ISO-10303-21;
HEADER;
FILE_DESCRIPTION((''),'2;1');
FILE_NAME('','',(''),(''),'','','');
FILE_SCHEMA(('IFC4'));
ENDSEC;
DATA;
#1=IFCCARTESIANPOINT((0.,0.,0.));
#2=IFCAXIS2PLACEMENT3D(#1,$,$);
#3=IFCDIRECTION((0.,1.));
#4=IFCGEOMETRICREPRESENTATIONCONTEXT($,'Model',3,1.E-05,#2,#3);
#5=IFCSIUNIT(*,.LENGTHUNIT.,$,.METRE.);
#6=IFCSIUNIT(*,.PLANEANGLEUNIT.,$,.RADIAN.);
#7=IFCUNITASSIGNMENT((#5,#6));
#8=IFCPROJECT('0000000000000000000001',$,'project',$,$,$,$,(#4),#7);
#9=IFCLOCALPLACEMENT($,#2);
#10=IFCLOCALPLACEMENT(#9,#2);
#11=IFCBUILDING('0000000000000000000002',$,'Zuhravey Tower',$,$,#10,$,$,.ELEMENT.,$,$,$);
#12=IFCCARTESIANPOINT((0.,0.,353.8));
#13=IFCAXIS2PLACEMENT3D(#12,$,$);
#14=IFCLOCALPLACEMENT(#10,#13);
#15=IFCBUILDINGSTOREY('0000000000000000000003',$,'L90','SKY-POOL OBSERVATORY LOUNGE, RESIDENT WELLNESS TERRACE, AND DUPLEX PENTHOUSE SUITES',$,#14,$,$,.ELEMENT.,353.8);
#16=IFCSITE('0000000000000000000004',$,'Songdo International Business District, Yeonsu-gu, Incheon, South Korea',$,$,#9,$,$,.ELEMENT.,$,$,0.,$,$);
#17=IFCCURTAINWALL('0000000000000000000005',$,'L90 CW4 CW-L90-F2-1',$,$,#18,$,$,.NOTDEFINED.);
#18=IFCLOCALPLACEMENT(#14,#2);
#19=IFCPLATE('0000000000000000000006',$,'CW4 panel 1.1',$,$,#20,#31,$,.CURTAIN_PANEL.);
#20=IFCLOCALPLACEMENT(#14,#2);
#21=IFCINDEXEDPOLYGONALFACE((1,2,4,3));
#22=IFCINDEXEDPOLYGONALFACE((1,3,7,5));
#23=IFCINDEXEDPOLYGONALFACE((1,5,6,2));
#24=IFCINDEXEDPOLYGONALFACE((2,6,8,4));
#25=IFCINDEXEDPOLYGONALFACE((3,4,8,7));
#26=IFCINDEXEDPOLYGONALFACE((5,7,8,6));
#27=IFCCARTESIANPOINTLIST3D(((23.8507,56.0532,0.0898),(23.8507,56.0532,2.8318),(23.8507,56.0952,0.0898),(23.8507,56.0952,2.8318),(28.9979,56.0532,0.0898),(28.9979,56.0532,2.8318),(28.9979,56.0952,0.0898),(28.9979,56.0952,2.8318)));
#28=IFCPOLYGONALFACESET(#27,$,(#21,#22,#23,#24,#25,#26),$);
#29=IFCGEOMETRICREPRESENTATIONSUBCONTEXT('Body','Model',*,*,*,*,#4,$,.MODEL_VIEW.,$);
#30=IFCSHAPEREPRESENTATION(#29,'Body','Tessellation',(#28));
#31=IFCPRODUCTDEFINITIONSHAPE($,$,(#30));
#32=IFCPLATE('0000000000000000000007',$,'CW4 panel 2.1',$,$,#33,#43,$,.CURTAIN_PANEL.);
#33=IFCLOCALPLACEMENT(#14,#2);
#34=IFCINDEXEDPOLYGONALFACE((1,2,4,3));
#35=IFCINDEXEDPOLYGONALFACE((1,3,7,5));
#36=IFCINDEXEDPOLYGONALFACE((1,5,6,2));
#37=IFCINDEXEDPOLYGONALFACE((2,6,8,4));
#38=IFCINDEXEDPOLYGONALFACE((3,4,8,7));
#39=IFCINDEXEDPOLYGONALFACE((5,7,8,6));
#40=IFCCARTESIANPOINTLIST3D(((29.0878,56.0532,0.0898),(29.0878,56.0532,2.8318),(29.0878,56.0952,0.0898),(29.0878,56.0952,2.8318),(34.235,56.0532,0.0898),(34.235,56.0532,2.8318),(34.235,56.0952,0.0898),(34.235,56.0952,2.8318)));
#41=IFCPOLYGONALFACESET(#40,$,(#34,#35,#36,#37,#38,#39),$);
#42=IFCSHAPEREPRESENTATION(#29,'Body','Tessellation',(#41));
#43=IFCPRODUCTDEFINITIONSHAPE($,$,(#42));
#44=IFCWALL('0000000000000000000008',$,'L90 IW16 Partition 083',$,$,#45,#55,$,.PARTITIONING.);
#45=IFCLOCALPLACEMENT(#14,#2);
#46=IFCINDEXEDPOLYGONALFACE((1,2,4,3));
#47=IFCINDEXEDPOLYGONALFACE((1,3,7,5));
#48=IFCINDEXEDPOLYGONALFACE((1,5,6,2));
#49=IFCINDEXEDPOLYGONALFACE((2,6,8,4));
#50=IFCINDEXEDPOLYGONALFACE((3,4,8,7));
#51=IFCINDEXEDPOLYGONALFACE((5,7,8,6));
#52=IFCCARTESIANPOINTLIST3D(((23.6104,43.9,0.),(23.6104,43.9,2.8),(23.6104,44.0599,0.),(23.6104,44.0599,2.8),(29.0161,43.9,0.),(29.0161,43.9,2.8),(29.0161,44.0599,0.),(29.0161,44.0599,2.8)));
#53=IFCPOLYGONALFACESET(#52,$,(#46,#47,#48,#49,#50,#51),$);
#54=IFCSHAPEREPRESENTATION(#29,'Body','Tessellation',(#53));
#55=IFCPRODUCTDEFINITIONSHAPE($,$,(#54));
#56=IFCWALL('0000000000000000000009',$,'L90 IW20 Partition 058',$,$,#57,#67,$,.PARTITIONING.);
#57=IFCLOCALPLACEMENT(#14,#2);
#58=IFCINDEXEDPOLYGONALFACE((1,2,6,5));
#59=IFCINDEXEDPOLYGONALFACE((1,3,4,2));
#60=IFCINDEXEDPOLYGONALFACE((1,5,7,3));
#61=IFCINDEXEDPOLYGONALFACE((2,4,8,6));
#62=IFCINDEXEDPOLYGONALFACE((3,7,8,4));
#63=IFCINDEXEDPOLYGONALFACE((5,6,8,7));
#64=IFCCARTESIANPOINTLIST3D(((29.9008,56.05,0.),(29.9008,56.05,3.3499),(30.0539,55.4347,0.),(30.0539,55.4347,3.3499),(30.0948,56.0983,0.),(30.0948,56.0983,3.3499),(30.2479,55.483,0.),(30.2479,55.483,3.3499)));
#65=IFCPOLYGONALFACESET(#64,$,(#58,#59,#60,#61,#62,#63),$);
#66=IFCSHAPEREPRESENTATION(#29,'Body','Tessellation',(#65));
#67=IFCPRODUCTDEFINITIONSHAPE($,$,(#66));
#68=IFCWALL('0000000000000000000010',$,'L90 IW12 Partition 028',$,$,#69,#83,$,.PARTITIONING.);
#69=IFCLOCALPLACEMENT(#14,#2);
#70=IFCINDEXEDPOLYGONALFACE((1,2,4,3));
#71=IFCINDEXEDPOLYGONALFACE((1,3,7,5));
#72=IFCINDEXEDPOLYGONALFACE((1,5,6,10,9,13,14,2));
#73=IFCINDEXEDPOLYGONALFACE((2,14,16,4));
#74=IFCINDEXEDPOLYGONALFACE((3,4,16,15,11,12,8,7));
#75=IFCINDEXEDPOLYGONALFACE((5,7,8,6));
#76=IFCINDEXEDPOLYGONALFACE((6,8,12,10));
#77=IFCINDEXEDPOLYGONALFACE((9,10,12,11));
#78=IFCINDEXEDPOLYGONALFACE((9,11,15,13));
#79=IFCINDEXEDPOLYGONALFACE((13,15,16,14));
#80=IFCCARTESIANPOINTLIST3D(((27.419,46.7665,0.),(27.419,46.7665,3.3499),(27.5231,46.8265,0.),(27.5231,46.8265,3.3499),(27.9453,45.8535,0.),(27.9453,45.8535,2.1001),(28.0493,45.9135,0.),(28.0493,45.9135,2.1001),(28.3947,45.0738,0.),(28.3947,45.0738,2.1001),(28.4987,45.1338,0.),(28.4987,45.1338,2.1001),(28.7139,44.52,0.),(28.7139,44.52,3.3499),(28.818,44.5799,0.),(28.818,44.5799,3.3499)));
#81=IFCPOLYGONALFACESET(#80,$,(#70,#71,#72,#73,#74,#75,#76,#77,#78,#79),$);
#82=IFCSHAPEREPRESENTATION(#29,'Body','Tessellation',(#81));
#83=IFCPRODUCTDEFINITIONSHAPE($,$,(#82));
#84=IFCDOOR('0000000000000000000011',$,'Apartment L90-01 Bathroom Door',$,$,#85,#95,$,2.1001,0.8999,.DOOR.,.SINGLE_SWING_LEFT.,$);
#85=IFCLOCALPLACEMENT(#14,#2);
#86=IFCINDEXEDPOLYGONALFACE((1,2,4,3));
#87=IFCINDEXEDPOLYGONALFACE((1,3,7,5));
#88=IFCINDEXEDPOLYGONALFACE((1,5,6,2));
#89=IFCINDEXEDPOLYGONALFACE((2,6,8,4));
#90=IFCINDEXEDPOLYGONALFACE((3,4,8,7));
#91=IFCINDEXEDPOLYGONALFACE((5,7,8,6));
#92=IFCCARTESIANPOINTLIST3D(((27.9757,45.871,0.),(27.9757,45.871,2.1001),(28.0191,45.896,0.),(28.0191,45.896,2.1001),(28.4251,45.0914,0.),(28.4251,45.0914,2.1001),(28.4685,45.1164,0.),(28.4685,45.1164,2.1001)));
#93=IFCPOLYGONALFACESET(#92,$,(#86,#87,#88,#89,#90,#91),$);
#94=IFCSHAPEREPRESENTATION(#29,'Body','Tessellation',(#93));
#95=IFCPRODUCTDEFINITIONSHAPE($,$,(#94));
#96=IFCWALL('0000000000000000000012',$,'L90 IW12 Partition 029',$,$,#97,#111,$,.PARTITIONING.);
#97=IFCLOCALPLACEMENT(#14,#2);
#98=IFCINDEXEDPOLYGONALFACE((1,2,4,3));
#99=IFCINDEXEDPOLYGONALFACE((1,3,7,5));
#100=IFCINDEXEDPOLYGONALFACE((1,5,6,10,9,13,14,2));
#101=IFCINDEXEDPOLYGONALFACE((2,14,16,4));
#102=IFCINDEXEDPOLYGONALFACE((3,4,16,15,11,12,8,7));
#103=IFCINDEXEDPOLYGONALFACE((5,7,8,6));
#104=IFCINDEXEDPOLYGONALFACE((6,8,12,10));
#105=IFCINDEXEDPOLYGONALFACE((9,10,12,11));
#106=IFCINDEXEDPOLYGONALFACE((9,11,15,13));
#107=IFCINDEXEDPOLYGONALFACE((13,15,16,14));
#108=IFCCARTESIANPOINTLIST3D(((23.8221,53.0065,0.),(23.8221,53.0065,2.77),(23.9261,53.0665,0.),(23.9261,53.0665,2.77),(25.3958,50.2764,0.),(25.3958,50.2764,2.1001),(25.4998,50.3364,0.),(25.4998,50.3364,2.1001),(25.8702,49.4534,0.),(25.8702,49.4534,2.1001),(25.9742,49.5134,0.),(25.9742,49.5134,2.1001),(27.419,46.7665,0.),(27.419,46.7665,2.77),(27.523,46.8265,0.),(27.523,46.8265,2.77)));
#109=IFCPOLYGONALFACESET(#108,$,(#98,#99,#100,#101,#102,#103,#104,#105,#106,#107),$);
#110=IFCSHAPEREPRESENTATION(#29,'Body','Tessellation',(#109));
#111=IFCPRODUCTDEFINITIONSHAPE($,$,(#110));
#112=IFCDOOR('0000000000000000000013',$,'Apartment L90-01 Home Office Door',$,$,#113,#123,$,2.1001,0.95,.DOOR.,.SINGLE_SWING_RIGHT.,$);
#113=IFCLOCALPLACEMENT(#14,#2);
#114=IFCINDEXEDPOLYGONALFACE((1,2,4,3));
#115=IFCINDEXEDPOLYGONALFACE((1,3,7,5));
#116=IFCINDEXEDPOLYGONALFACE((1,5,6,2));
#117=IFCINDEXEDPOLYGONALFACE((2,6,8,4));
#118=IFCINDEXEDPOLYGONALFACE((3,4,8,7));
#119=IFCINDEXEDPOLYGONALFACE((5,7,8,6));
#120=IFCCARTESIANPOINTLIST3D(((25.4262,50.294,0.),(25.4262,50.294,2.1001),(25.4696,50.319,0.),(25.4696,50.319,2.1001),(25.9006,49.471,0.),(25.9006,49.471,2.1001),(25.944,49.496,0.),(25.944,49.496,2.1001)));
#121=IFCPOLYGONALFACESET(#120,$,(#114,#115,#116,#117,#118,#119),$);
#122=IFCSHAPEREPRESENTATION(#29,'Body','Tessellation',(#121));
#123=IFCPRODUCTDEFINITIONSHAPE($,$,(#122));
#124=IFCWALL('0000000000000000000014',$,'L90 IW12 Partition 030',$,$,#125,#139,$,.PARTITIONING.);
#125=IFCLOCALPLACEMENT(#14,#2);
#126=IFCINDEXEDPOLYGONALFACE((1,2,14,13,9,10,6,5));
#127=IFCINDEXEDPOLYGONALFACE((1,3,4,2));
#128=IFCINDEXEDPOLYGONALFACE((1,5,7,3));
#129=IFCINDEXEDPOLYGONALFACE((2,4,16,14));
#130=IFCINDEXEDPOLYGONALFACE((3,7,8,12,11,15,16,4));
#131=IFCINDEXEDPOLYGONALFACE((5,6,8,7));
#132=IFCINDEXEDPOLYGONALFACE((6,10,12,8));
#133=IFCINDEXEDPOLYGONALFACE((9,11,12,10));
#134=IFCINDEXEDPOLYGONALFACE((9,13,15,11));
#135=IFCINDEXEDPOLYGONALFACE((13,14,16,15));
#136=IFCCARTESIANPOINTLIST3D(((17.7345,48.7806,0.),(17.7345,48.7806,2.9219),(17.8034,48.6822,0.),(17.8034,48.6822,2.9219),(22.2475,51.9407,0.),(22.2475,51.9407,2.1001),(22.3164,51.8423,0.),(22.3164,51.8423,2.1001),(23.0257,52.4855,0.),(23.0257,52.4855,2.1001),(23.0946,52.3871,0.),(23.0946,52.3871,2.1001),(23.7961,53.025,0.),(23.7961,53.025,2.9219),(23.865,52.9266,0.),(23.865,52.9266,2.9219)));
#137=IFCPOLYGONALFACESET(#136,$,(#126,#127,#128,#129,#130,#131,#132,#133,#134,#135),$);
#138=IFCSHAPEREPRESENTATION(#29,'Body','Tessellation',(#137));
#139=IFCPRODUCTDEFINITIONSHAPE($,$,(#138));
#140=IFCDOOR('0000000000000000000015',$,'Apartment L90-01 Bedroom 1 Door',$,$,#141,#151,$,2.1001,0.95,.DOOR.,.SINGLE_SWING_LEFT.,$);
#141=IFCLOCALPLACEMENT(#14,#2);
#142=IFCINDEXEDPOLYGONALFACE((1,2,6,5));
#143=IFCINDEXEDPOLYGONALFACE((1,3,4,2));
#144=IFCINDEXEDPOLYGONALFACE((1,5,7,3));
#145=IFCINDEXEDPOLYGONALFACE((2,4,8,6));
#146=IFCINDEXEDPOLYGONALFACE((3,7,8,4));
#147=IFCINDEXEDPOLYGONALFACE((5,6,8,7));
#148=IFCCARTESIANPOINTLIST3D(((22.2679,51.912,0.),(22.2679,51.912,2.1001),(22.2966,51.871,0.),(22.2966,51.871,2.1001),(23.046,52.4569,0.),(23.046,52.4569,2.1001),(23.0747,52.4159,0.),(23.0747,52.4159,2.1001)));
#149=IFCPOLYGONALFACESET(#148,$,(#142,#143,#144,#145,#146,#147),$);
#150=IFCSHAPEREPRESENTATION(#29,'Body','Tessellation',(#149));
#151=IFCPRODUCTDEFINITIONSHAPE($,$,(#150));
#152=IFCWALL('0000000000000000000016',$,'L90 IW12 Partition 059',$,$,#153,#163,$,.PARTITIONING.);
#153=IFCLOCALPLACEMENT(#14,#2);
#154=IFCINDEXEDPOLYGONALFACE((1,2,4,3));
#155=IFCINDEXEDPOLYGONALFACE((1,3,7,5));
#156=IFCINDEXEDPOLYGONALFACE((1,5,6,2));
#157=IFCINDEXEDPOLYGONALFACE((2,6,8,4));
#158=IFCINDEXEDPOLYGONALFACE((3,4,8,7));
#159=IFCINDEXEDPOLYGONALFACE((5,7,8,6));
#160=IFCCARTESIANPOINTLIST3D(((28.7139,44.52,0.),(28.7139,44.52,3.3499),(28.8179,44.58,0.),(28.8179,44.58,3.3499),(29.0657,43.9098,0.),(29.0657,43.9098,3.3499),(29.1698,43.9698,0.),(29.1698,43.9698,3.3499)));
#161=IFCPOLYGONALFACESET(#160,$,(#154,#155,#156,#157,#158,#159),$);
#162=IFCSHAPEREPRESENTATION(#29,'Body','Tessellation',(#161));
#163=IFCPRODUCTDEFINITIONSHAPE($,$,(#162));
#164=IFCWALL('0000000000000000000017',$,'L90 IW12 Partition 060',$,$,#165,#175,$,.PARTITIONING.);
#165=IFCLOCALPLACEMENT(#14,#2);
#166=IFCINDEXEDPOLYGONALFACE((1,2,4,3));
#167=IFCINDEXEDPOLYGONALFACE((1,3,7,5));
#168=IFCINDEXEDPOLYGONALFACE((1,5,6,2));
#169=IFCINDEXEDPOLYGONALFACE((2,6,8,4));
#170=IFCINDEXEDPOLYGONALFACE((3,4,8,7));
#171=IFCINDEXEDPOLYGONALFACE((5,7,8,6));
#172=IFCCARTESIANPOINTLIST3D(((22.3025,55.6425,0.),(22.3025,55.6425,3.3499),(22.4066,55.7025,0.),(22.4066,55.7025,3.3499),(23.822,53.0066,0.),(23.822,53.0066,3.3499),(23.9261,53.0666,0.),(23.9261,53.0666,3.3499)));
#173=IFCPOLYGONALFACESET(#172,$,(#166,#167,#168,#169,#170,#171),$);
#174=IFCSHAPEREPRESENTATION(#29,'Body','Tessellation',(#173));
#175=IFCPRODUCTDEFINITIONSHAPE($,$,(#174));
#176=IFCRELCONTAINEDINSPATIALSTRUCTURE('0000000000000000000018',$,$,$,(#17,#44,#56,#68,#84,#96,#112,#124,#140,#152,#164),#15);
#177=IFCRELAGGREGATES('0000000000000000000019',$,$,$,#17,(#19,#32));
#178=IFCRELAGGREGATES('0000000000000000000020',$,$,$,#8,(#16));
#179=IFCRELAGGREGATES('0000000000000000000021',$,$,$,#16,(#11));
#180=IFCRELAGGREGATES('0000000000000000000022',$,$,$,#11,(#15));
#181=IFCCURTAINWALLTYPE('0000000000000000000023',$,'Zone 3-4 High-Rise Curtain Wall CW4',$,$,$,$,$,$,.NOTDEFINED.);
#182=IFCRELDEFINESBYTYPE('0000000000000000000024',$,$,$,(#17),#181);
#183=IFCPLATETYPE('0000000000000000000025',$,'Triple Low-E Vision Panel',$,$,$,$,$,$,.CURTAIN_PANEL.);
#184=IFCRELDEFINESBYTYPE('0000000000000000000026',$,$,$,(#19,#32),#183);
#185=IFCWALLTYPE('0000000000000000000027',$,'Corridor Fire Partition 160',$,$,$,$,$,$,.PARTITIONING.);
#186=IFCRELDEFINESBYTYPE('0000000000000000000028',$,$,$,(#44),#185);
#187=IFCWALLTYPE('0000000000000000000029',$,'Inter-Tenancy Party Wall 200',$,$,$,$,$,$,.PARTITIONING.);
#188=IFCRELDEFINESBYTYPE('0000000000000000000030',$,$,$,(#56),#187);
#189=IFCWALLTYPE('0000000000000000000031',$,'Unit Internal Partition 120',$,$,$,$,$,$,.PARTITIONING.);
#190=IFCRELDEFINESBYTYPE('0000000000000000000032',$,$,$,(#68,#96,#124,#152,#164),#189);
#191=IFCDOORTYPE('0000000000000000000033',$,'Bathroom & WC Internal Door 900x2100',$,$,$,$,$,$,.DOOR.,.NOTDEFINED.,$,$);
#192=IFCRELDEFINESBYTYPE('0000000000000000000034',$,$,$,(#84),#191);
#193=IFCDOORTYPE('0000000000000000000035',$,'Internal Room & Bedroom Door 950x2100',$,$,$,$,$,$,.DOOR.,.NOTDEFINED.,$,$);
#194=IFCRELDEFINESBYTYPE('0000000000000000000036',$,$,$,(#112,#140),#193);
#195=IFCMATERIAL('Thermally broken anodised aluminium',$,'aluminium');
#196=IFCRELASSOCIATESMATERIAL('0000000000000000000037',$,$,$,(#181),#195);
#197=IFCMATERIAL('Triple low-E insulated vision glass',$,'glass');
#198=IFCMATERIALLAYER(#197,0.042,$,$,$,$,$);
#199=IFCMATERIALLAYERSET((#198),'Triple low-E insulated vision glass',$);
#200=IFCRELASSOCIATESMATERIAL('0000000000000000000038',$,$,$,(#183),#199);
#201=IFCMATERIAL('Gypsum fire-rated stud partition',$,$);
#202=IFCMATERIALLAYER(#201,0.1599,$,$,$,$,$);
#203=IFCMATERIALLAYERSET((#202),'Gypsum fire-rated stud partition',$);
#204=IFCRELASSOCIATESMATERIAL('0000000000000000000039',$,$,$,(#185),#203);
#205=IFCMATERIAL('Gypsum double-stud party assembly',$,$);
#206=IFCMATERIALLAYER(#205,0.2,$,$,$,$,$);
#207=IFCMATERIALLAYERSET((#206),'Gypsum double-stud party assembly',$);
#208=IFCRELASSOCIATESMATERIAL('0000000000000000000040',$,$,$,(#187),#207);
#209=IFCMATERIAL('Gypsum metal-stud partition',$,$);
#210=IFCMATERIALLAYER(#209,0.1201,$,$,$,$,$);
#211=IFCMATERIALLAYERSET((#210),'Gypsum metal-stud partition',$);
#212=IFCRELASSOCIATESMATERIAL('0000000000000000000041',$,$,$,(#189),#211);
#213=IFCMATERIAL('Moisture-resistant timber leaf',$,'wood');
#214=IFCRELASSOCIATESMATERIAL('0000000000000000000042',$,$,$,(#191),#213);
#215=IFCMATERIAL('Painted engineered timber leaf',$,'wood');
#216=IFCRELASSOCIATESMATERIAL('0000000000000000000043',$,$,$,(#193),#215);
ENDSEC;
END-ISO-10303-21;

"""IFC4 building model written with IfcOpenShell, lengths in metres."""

from ifc_helpers import new_model, si_unit, direction, frame, frame_2d, origin, origin_2d, place, context, subcontext, project, spatial, rectangle, extrude, material, layer, layer_set, type_object, element, fill, aggregate, save


model = new_model("IFC4")

# Units and contexts
model_context = context("Model", 3, precision=1e-05, world=origin(), true_north=direction((0.0, 1.0)))
body_context = subcontext(model_context, "Body", "Model", "MODEL_VIEW")
ifc_project = project(units=[si_unit("LENGTHUNIT", "METRE"), si_unit("PLANEANGLEUNIT", "RADIAN")], contexts=[model_context])

# Site, building, storey
site_placement = place(None, origin())
site = spatial("IfcSite", under=ifc_project, at=site_placement, Name="Songdo International Business District, Yeonsu-gu, Incheon, South Korea", CompositionType="ELEMENT", RefElevation=0.0)
building_placement = place(site_placement, origin())
building = spatial("IfcBuilding", under=site, at=building_placement, Name="Zuhravey Tower", CompositionType="ELEMENT")
storey_placement = place(building_placement, frame((0.0, 0.0, 353.8)))
storey = spatial("IfcBuildingStorey", under=building, at=storey_placement, Name="L90", Description="SKY-POOL OBSERVATORY LOUNGE, RESIDENT WELLNESS TERRACE, AND DUPLEX PENTHOUSE SUITES", CompositionType="ELEMENT", Elevation=353.8)

# Curtain wall
ifc_material_1 = material(Name="Thermally broken anodised aluminium", Category="aluminium")
curtain_wall_type = type_object("IfcCurtainWallType", Name="Zone 3-4 High-Rise Curtain Wall CW4", PredefinedType="NOTDEFINED", material=ifc_material_1)
curtain_wall_placement = place(storey_placement, origin())
curtain_wall = element("IfcCurtainWall", 1, at=curtain_wall_placement, inside=storey, type_object=curtain_wall_type, Name="L90 CW4 CW-L90-F2-1", PredefinedType="NOTDEFINED")

# Plates
ifc_material_2 = material(Name="Triple low-E insulated vision glass", Category="glass")
ifc_layer_1 = layer(ifc_material_2, 0.042)
ifc_layer_set_1 = layer_set([ifc_layer_1], Name="Triple low-E insulated vision glass")
plate_type_1 = type_object("IfcPlateType", Name="Triple Low-E Vision Panel", PredefinedType="CURTAIN_PANEL", material=ifc_layer_set_1)
plate_1_placement = place(storey_placement, frame((26.4243, 56.0742, 0.0898), z_axis=(0.0, 0.0, 1.0), x_axis=(1.0, 0.0, 0.0)))
plate_1 = element("IfcPlate", 2, at=plate_1_placement, type_object=plate_type_1, Name="CW4 panel 1.1", PredefinedType="CURTAIN_PANEL", context=body_context, shape_type="SweptSolid", body=[
    extrude(rectangle(XDim=5.1472, YDim=0.042, at=origin_2d()), origin(), (0.0, 0.0, 1.0), 2.7419),
])
plate_2_placement = place(storey_placement, frame((31.6614, 56.0742, 0.0898), z_axis=(0.0, 0.0, 1.0), x_axis=(1.0, 0.0, 0.0)))
plate_2 = element("IfcPlate", 3, at=plate_2_placement, type_object=plate_type_1, Name="CW4 panel 2.1", PredefinedType="CURTAIN_PANEL", context=body_context, shape_type="SweptSolid", body=[
    extrude(rectangle(XDim=5.1472, YDim=0.042, at=origin_2d()), origin(), (0.0, 0.0, 1.0), 2.7419),
])
aggregate(curtain_wall, [plate_1, plate_2])

# Walls
ifc_material_3 = material(Name="Gypsum fire-rated stud partition")
ifc_layer_2 = layer(ifc_material_3, 0.1599)
ifc_layer_set_2 = layer_set([ifc_layer_2], Name="Gypsum fire-rated stud partition")
wall_type_1 = type_object("IfcWallType", Name="Corridor Fire Partition 160", PredefinedType="PARTITIONING", material=ifc_layer_set_2)
wall_1_placement = place(storey_placement, frame((29.0161, 43.98, 0.0), z_axis=(0.0, 0.0, 1.0), x_axis=(-1.0, 0.0, 0.0)))
element("IfcWall", 4, at=wall_1_placement, inside=storey, type_object=wall_type_1, Name="L90 IW16 Partition 083", PredefinedType="PARTITIONING", context=body_context, shape_type="SweptSolid", body=[
    extrude(rectangle(XDim=5.4058, YDim=0.1599, at=frame_2d((2.7029, 0.0))), origin(), (0.0, 0.0, 1.0), 2.8),
])
ifc_material_4 = material(Name="Gypsum double-stud party assembly")
ifc_layer_3 = layer(ifc_material_4, 0.2)
ifc_layer_set_3 = layer_set([ifc_layer_3], Name="Gypsum double-stud party assembly")
wall_type_2 = type_object("IfcWallType", Name="Inter-Tenancy Party Wall 200", PredefinedType="PARTITIONING", material=ifc_layer_set_3)
wall_2_placement = place(storey_placement, frame((30.1509, 55.459, 0.0), z_axis=(0.0, 0.0, 1.0), x_axis=(-0.241448, 0.970414, 0.0)))
element("IfcWall", 5, at=wall_2_placement, inside=storey, type_object=wall_type_2, Name="L90 IW20 Partition 058", PredefinedType="PARTITIONING", context=body_context, shape_type="SweptSolid", body=[
    extrude(rectangle(XDim=0.634, YDim=0.2, at=frame_2d((0.3169, 0.0))), origin(), (0.0, 0.0, 1.0), 3.3499),
])

# Walls, openings, doors
ifc_material_5 = material(Name="Gypsum metal-stud partition")
ifc_layer_4 = layer(ifc_material_5, 0.1201)
ifc_layer_set_4 = layer_set([ifc_layer_4], Name="Gypsum metal-stud partition")
wall_type_3 = type_object("IfcWallType", Name="Unit Internal Partition 120", PredefinedType="PARTITIONING", material=ifc_layer_set_4)
wall_3_placement = place(storey_placement, frame((28.7659, 44.55, 0.0), z_axis=(0.0, 0.0, 1.0), x_axis=(-0.49938, 0.866383, 0.0)))
wall_3 = element("IfcWall", 6, at=wall_3_placement, inside=storey, type_object=wall_type_3, Name="L90 IW12 Partition 028", PredefinedType="PARTITIONING", context=body_context, shape_type="SweptSolid", body=[
    extrude(rectangle(XDim=2.593, YDim=0.1201, at=frame_2d((1.2964, 0.0))), origin(), (0.0, 0.0, 1.0), 3.3499),
])
opening_1_placement = place(wall_3_placement, frame((0.6392, 0.0, 0.0)))
opening_1 = element("IfcOpeningElement", 7, at=opening_1_placement, cuts=wall_3, PredefinedType="OPENING", context=body_context, shape_type="SweptSolid", body=[
    extrude(rectangle(XDim=0.8999, YDim=2.1001, at=frame_2d((0.45, 1.05))), frame((0.0, 0.072, 0.0), z_axis=(0.0, -1.0, 0.0), x_axis=(1.0, 0.0, 0.0)), (0.0, 0.0, 1.0), 0.144),
])
ifc_material_6 = material(Name="Moisture-resistant timber leaf", Category="wood")
door_type_1 = type_object("IfcDoorType", Name="Bathroom & WC Internal Door 900x2100", OperationType="NOTDEFINED", PredefinedType="DOOR", material=ifc_material_6)
door_1_placement = place(opening_1_placement, origin())
door_1 = element("IfcDoor", 8, at=door_1_placement, inside=storey, type_object=door_type_1, Name="Apartment L90-01 Bathroom Door", OperationType="SINGLE_SWING_LEFT", OverallHeight=2.1001, OverallWidth=0.8999, PredefinedType="DOOR", context=body_context, shape_type="SweptSolid", body=[
    extrude(rectangle(XDim=0.8999, YDim=2.1001, at=frame_2d((0.45, 1.05))), frame((0.0, 0.0249, 0.0), z_axis=(0.0, -1.0, 0.0), x_axis=(1.0, 0.0, 0.0)), (0.0, 0.0, 1.0), 0.05),
])
fill(opening_1, door_1)
wall_4_placement = place(storey_placement, frame((27.4709, 46.7966, 0.0), z_axis=(0.0, 0.0, 1.0), x_axis=(-0.499403, 0.86637, 0.0)))
wall_4 = element("IfcWall", 9, at=wall_4_placement, inside=storey, type_object=wall_type_3, Name="L90 IW12 Partition 029", PredefinedType="PARTITIONING", context=body_context, shape_type="SweptSolid", body=[
    extrude(rectangle(XDim=7.2024, YDim=0.1201, at=frame_2d((3.6011, 0.0))), origin(), (0.0, 0.0, 1.0), 2.77),
])
opening_2_placement = place(wall_4_placement, frame((3.1011, 0.0, 0.0)))
opening_2 = element("IfcOpeningElement", 10, at=opening_2_placement, cuts=wall_4, PredefinedType="OPENING", context=body_context, shape_type="SweptSolid", body=[
    extrude(rectangle(XDim=0.95, YDim=2.1001, at=frame_2d((0.4751, 1.05))), frame((0.0, 0.072, 0.0), z_axis=(0.0, -1.0, 0.0), x_axis=(1.0, 0.0, 0.0)), (0.0, 0.0, 1.0), 0.144),
])
ifc_material_7 = material(Name="Painted engineered timber leaf", Category="wood")
door_type_2 = type_object("IfcDoorType", Name="Internal Room & Bedroom Door 950x2100", OperationType="NOTDEFINED", PredefinedType="DOOR", material=ifc_material_7)
door_2_placement = place(opening_2_placement, origin())
door_2 = element("IfcDoor", 11, at=door_2_placement, inside=storey, type_object=door_type_2, Name="Apartment L90-01 Home Office Door", OperationType="SINGLE_SWING_RIGHT", OverallHeight=2.1001, OverallWidth=0.95, PredefinedType="DOOR", context=body_context, shape_type="SweptSolid", body=[
    extrude(rectangle(XDim=0.95, YDim=2.1001, at=frame_2d((0.4751, 1.05))), frame((0.0, 0.0249, 0.0), z_axis=(0.0, -1.0, 0.0), x_axis=(1.0, 0.0, 0.0)), (0.0, 0.0, 1.0), 0.05),
])
fill(opening_2, door_2)
wall_5_placement = place(storey_placement, frame((23.8306, 52.9758, 0.0), z_axis=(0.0, 0.0, 1.0), x_axis=(-0.819148, -0.573582, 0.0)))
wall_5 = element("IfcWall", 12, at=wall_5_placement, inside=storey, type_object=wall_type_3, Name="L90 IW12 Partition 030", PredefinedType="PARTITIONING", context=body_context, shape_type="SweptSolid", body=[
    extrude(rectangle(XDim=7.3999, YDim=0.1201, at=frame_2d((3.7, 0.0))), origin(), (0.0, 0.0, 1.0), 2.9219),
])
opening_3_placement = place(wall_5_placement, frame((0.9404, 0.0, 0.0)))
opening_3 = element("IfcOpeningElement", 13, at=opening_3_placement, cuts=wall_5, PredefinedType="OPENING", context=body_context, shape_type="SweptSolid", body=[
    extrude(rectangle(XDim=0.95, YDim=2.1001, at=frame_2d((0.4751, 1.05))), frame((0.0, 0.072, 0.0), z_axis=(0.0, -1.0, 0.0), x_axis=(1.0, 0.0, 0.0)), (0.0, 0.0, 1.0), 0.144),
])
door_3_placement = place(opening_3_placement, frame((0.95, 0.0, 0.0), z_axis=(0.0, 0.0, 1.0), x_axis=(-1.0, 0.0, 0.0)))
door_3 = element("IfcDoor", 14, at=door_3_placement, inside=storey, type_object=door_type_2, Name="Apartment L90-01 Bedroom 1 Door", OperationType="SINGLE_SWING_LEFT", OverallHeight=2.1001, OverallWidth=0.95, PredefinedType="DOOR", context=body_context, shape_type="SweptSolid", body=[
    extrude(rectangle(XDim=0.95, YDim=2.1001, at=frame_2d((0.4751, 1.05))), frame((0.0, 0.0249, 0.0), z_axis=(0.0, -1.0, 0.0), x_axis=(1.0, 0.0, 0.0)), (0.0, 0.0, 1.0), 0.05),
])
fill(opening_3, door_3)

# Walls
wall_6_placement = place(storey_placement, frame((29.1177, 43.9399, 0.0), z_axis=(0.0, 0.0, 1.0), x_axis=(-0.499532, 0.866295, 0.0)))
element("IfcWall", 15, at=wall_6_placement, inside=storey, type_object=wall_type_3, Name="L90 IW12 Partition 059", PredefinedType="PARTITIONING", context=body_context, shape_type="SweptSolid", body=[
    extrude(rectangle(XDim=0.7043, YDim=0.1201, at=frame_2d((0.3521, 0.0))), origin(), (0.0, 0.0, 1.0), 3.3499),
])
wall_7_placement = place(storey_placement, frame((23.874, 53.0366, 0.0), z_axis=(0.0, 0.0, 1.0), x_axis=(-0.499419, 0.866361, 0.0)))
element("IfcWall", 16, at=wall_7_placement, inside=storey, type_object=wall_type_3, Name="L90 IW12 Partition 060", PredefinedType="PARTITIONING", context=body_context, shape_type="SweptSolid", body=[
    extrude(rectangle(XDim=3.0425, YDim=0.1201, at=frame_2d((1.5212, 0.0))), origin(), (0.0, 0.0, 1.0), 3.3499),
])

save(model, "model.ifc")
